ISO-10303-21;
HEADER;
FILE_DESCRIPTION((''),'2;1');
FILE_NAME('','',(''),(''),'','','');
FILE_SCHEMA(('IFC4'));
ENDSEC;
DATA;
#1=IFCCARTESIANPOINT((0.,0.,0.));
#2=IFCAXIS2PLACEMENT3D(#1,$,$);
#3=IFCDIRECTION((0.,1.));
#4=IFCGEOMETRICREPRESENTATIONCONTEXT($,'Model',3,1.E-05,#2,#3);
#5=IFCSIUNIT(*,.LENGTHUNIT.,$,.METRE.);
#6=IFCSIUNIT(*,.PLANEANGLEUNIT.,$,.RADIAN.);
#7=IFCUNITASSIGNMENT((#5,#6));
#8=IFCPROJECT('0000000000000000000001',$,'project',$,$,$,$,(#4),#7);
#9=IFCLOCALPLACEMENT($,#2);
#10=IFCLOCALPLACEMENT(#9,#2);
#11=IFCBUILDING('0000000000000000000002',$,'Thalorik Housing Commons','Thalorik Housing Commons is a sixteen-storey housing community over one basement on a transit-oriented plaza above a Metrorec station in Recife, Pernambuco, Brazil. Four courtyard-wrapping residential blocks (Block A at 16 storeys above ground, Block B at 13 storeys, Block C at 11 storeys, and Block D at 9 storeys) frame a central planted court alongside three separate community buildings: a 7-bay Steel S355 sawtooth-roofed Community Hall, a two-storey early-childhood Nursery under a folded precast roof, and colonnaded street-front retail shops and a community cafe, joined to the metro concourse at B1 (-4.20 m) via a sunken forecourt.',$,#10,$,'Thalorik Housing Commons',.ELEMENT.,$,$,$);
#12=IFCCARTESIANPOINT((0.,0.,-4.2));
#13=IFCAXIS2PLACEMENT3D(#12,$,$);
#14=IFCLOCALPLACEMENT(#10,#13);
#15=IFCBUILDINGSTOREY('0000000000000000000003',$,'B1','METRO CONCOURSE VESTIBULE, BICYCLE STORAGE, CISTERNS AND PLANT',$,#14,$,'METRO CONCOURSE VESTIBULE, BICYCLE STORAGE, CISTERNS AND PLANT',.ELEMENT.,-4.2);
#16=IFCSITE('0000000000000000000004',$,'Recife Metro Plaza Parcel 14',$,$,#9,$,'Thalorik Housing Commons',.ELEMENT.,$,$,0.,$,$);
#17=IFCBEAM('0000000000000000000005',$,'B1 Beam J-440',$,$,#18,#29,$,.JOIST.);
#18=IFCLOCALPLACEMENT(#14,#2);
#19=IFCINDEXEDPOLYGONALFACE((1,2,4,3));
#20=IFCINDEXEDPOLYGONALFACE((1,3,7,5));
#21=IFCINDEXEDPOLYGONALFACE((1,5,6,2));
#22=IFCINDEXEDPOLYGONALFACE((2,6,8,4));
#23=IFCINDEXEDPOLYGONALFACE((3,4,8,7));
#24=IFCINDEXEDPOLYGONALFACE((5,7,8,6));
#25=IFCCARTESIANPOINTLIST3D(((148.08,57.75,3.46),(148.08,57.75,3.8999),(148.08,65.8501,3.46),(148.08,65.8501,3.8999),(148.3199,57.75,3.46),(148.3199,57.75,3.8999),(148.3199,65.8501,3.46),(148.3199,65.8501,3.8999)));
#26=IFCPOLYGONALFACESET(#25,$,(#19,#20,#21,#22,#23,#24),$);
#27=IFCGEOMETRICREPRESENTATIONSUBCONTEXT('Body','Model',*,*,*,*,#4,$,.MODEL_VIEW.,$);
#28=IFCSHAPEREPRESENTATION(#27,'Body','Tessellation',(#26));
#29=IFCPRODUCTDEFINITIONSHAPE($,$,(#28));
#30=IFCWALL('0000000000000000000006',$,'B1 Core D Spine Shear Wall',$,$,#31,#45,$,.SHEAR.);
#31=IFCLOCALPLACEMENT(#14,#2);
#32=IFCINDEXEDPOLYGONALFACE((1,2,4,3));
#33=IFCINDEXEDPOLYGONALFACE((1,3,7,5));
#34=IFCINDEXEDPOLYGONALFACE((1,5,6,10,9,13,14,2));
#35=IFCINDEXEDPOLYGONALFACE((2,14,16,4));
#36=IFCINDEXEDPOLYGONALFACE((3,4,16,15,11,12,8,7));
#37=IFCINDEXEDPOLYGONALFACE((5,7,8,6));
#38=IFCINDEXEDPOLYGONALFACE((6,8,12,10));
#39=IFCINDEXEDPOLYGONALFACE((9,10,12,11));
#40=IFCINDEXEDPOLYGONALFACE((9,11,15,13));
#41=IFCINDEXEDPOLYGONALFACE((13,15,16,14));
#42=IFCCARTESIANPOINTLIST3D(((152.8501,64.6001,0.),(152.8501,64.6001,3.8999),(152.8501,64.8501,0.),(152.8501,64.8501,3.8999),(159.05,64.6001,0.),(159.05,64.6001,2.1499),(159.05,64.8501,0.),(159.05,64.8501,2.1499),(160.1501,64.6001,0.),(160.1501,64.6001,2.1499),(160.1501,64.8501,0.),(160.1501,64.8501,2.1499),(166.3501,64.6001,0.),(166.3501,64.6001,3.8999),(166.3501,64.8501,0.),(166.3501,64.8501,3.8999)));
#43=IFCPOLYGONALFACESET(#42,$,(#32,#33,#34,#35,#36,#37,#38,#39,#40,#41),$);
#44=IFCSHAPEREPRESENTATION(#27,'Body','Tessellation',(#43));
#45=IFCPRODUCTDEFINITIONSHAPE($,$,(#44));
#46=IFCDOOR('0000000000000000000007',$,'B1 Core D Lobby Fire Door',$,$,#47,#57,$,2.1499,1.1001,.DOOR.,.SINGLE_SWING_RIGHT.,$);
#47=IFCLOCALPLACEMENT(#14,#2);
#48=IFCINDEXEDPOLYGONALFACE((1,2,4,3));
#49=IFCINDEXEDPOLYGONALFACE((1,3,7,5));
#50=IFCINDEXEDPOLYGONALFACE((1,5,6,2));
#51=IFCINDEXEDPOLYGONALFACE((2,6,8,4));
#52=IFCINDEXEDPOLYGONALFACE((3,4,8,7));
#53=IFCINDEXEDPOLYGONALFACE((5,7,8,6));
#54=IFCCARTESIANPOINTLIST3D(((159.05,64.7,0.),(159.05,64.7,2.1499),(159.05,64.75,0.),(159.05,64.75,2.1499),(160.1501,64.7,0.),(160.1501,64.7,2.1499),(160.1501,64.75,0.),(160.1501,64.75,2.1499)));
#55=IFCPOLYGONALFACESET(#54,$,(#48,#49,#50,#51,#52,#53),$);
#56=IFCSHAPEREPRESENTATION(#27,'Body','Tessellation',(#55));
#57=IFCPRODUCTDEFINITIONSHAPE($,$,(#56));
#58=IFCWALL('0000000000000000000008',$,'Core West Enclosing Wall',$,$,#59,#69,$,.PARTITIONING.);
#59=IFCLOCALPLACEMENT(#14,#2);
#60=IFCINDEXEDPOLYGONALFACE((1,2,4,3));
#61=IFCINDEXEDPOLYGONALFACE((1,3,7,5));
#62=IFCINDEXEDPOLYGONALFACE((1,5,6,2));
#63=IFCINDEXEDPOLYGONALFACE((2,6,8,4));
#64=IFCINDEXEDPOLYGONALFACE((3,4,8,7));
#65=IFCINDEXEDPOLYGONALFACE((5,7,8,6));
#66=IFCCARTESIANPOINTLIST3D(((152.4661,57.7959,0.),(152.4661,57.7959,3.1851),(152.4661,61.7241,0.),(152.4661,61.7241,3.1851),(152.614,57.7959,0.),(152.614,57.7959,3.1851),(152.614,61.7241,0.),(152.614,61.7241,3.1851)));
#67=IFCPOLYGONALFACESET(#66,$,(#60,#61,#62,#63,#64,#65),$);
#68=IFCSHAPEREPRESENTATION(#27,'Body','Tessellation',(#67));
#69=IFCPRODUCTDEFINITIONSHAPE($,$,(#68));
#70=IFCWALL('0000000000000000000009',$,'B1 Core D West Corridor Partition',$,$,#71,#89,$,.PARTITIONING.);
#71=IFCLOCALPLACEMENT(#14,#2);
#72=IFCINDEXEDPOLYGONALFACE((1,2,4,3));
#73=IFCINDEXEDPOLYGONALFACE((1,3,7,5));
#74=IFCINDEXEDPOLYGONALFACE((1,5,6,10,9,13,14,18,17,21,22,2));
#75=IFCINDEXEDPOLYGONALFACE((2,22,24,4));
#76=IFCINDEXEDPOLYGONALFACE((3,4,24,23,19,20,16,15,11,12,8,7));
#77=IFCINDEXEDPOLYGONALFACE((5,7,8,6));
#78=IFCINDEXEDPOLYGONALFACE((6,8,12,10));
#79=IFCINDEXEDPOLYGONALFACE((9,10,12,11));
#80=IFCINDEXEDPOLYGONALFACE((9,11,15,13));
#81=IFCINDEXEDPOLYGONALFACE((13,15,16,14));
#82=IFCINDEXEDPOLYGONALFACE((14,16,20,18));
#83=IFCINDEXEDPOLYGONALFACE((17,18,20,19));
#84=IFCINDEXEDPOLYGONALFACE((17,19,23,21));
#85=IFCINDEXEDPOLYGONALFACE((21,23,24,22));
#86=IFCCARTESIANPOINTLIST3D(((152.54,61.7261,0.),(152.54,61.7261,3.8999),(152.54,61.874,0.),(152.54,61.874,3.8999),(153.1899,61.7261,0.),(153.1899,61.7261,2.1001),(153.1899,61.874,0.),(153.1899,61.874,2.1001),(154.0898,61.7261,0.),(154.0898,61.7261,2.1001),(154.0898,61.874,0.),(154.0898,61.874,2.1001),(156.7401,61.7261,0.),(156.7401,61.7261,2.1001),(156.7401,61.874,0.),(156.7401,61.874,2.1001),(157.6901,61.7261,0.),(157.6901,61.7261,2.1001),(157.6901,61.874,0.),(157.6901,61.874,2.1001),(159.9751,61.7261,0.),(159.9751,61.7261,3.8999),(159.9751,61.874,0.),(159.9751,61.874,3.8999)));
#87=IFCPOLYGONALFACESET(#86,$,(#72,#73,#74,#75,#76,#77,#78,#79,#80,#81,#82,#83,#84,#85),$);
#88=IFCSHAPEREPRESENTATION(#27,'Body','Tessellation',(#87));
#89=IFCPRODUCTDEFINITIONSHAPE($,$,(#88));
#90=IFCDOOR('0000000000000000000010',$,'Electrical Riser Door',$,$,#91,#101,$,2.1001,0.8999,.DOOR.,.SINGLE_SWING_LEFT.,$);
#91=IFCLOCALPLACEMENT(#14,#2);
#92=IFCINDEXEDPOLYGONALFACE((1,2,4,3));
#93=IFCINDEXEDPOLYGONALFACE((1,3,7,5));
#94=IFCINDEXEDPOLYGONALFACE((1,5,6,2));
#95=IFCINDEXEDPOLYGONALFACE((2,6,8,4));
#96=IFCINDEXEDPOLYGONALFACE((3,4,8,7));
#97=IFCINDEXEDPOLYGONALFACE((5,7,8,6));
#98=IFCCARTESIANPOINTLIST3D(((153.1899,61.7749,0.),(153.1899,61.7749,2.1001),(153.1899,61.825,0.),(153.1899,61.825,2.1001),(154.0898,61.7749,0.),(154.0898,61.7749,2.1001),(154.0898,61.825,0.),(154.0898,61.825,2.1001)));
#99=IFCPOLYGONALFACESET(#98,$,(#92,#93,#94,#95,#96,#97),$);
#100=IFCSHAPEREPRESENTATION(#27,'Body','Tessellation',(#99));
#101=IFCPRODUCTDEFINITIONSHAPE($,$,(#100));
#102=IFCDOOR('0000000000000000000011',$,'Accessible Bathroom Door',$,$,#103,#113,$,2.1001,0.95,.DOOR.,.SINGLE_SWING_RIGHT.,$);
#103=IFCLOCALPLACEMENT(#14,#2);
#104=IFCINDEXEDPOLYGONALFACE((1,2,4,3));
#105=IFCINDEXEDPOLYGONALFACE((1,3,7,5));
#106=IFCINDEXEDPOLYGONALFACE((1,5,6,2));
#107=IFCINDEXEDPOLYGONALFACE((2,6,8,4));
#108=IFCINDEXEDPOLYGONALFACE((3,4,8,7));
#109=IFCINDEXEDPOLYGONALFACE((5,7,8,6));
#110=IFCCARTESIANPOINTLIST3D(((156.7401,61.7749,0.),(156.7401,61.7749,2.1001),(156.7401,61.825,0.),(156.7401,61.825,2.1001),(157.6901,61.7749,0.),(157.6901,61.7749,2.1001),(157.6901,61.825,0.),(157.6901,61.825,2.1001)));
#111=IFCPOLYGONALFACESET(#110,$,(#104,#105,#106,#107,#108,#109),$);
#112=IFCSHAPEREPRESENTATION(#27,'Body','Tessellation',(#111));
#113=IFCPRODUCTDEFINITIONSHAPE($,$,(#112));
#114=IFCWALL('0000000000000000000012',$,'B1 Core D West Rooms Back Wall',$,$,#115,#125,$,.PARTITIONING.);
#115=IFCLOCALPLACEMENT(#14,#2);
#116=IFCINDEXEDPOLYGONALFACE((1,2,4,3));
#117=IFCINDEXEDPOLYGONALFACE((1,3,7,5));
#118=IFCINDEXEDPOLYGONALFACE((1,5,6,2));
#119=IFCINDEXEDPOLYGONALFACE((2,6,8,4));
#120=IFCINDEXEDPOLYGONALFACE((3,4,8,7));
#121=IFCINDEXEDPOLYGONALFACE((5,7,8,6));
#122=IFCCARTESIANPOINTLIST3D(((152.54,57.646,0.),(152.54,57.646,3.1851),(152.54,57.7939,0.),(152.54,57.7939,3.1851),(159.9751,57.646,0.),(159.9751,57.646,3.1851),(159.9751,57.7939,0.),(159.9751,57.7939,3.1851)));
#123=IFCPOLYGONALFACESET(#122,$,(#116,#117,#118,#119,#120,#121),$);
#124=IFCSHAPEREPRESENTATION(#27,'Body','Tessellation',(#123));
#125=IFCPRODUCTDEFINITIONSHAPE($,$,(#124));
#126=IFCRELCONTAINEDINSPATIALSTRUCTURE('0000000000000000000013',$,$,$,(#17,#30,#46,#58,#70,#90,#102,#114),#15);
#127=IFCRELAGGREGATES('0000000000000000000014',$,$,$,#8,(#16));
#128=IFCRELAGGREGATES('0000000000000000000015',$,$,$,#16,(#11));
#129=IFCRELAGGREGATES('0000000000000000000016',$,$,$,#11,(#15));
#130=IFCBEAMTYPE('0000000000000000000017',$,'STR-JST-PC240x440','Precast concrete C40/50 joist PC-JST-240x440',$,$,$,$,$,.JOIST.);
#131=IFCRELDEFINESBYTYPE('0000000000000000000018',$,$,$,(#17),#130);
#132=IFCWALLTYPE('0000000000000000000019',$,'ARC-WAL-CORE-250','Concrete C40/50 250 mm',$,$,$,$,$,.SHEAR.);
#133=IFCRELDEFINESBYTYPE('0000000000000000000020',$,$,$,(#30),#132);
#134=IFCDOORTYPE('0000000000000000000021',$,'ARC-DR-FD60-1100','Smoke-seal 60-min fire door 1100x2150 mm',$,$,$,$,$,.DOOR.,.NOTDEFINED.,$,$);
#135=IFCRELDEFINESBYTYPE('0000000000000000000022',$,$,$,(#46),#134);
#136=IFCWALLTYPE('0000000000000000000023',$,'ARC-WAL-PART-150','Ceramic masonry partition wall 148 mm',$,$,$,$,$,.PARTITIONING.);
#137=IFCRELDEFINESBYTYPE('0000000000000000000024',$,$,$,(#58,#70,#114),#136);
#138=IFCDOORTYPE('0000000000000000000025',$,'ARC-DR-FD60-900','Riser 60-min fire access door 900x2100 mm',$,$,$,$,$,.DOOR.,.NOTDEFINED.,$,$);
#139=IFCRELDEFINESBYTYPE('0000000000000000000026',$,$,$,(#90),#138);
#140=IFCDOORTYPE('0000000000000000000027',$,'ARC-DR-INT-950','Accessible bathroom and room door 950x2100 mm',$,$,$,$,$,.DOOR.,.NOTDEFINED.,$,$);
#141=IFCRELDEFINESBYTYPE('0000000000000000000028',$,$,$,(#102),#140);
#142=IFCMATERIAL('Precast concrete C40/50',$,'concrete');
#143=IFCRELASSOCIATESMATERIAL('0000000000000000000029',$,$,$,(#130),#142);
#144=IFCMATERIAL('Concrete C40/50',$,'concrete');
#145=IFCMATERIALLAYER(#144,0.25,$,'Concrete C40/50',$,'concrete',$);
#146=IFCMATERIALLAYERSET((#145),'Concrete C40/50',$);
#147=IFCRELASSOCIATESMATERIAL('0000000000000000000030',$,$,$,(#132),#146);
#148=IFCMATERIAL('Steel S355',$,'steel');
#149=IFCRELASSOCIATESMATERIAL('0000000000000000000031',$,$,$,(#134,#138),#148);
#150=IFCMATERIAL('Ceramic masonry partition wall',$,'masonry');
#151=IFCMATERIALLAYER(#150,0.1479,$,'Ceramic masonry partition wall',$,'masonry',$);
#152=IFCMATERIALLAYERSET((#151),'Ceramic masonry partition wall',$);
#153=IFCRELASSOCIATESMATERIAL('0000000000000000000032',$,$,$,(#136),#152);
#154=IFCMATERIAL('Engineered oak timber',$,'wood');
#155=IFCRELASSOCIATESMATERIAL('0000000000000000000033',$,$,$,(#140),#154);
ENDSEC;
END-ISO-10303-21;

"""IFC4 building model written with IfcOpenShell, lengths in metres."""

from ifc_helpers import new_model, si_unit, direction, frame, frame_2d, origin, origin_2d, place, context, subcontext, project, spatial, rectangle, extrude, material, layer, layer_set, material_profile, profile_set, type_object, element, fill, save


model = new_model("IFC4")

# Units and contexts
model_context = context("Model", 3, precision=1e-05, world=origin(), true_north=direction((0.0, 1.0)))
body_context = subcontext(model_context, "Body", "Model", "MODEL_VIEW")
ifc_project = project(units=[si_unit("LENGTHUNIT", "METRE"), si_unit("PLANEANGLEUNIT", "RADIAN")], contexts=[model_context])

# Site, building, storey
site_placement = place(None, origin())
site = spatial("IfcSite", under=ifc_project, at=site_placement, Name="Recife Metro Plaza Parcel 14", LongName="Thalorik Housing Commons", CompositionType="ELEMENT", RefElevation=0.0)
building_placement = place(site_placement, origin())
building = spatial("IfcBuilding", under=site, at=building_placement, Name="Thalorik Housing Commons", Description="Thalorik Housing Commons is a sixteen-storey housing community over one basement on a transit-oriented plaza above a Metrorec station in Recife, Pernambuco, Brazil. Four courtyard-wrapping residential blocks (Block A at 16 storeys above ground, Block B at 13 storeys, Block C at 11 storeys, and Block D at 9 storeys) frame a central planted court alongside three separate community buildings: a 7-bay Steel S355 sawtooth-roofed Community Hall, a two-storey early-childhood Nursery under a folded precast roof, and colonnaded street-front retail shops and a community cafe, joined to the metro concourse at B1 (-4.20 m) via a sunken forecourt.", LongName="Thalorik Housing Commons", CompositionType="ELEMENT")
storey_placement = place(building_placement, frame((0.0, 0.0, -4.2)))
storey = spatial("IfcBuildingStorey", under=building, at=storey_placement, Name="B1", Description="METRO CONCOURSE VESTIBULE, BICYCLE STORAGE, CISTERNS AND PLANT", LongName="METRO CONCOURSE VESTIBULE, BICYCLE STORAGE, CISTERNS AND PLANT", CompositionType="ELEMENT", Elevation=-4.2)

# Shared definitions
ifc_material_1 = material(Name="Concrete C40/50", Category="concrete")

# Shared definitions
ifc_material_2 = material(Name="Precast concrete C40/50", Category="concrete")

# Beam
ifc_material_profile_1 = material_profile(ifc_material_2, rectangle(XDim=0.24, YDim=0.4399, at=origin_2d()), Name="PC JST 240x440", Category="concrete")
ifc_profile_set_1 = profile_set([ifc_material_profile_1], Name="Precast concrete C40/50")
beam_type_1 = type_object("IfcBeamType", Name="STR-JST-PC240x440", Description="Precast concrete C40/50 joist PC-JST-240x440", PredefinedType="JOIST", material=ifc_profile_set_1)
beam_placement = place(storey_placement, frame((148.2, 57.75, 3.6799), z_axis=(0.0, 1.0, 0.0), x_axis=(-1.0, 0.0, 0.0)))
element("IfcBeam", 1, at=beam_placement, inside=storey, type_object=beam_type_1, Name="B1 Beam J-440", PredefinedType="JOIST", context=body_context, shape_type="SweptSolid", body=[
    extrude(rectangle(XDim=0.24, YDim=0.4399, at=origin_2d()), origin(), (0.0, 0.0, 1.0), 8.1001),
])

# Wall, opening, door
ifc_layer_1 = layer(ifc_material_1, 0.25, Name="Concrete C40/50", Category="concrete")
ifc_layer_set_1 = layer_set([ifc_layer_1], Name="Concrete C40/50")
wall_type_1 = type_object("IfcWallType", Name="ARC-WAL-CORE-250", Description="Concrete C40/50 250 mm", PredefinedType="SHEAR", material=ifc_layer_set_1)
wall_1_placement = place(storey_placement, frame((152.8501, 64.7251, 0.0), z_axis=(0.0, 0.0, 1.0), x_axis=(1.0, 0.0, 0.0)))
wall_1 = element("IfcWall", 2, at=wall_1_placement, inside=storey, type_object=wall_type_1, Name="B1 Core D Spine Shear Wall", PredefinedType="SHEAR", context=body_context, shape_type="SweptSolid", body=[
    extrude(rectangle(XDim=13.5, YDim=0.25, at=frame_2d((6.75, 0.0))), origin(), (0.0, 0.0, 1.0), 3.8999),
])
opening_1_placement = place(wall_1_placement, frame((6.2, 0.0, 0.0)))
opening_1 = element("IfcOpeningElement", 3, at=opening_1_placement, cuts=wall_1, PredefinedType="OPENING", context=body_context, shape_type="SweptSolid", body=[
    extrude(rectangle(XDim=1.1001, YDim=2.1499, at=frame_2d((0.55, 1.075))), frame((0.0, 0.135, 0.0), z_axis=(0.0, -1.0, 0.0), x_axis=(1.0, 0.0, 0.0)), (0.0, 0.0, 1.0), 0.27),
])
ifc_material_3 = material(Name="Steel S355", Category="steel")
door_type_1 = type_object("IfcDoorType", Name="ARC-DR-FD60-1100", Description="Smoke-seal 60-min fire door 1100x2150 mm", OperationType="NOTDEFINED", PredefinedType="DOOR", material=ifc_material_3)
door_1_placement = place(opening_1_placement, origin())
door_1 = element("IfcDoor", 4, at=door_1_placement, inside=storey, type_object=door_type_1, Name="B1 Core D Lobby Fire Door", OperationType="SINGLE_SWING_RIGHT", OverallHeight=2.1499, OverallWidth=1.1001, PredefinedType="DOOR", context=body_context, shape_type="SweptSolid", body=[
    extrude(rectangle(XDim=1.1001, YDim=2.1499, at=frame_2d((0.55, 1.075))), frame((0.0, 0.0249, 0.0), z_axis=(0.0, -1.0, 0.0), x_axis=(1.0, 0.0, 0.0)), (0.0, 0.0, 1.0), 0.05),
])
fill(opening_1, door_1)

# Wall
ifc_material_4 = material(Name="Ceramic masonry partition wall", Category="masonry")
ifc_layer_2 = layer(ifc_material_4, 0.1479, Name="Ceramic masonry partition wall", Category="masonry")
ifc_layer_set_2 = layer_set([ifc_layer_2], Name="Ceramic masonry partition wall")
wall_type_2 = type_object("IfcWallType", Name="ARC-WAL-PART-150", Description="Ceramic masonry partition wall 148 mm", PredefinedType="PARTITIONING", material=ifc_layer_set_2)
wall_2_placement = place(storey_placement, frame((152.54, 61.7241, 0.0), z_axis=(0.0, 0.0, 1.0), x_axis=(0.0, -1.0, 0.0)))
element("IfcWall", 5, at=wall_2_placement, inside=storey, type_object=wall_type_2, Name="Core West Enclosing Wall", PredefinedType="PARTITIONING", context=body_context, shape_type="SweptSolid", body=[
    extrude(rectangle(XDim=3.9282, YDim=0.1479, at=frame_2d((1.9641, 0.0))), origin(), (0.0, 0.0, 1.0), 3.1851),
])

# Wall, openings, doors
wall_3_placement = place(storey_placement, frame((152.54, 61.8, 0.0), z_axis=(0.0, 0.0, 1.0), x_axis=(1.0, 0.0, 0.0)))
wall_3 = element("IfcWall", 6, at=wall_3_placement, inside=storey, type_object=wall_type_2, Name="B1 Core D West Corridor Partition", PredefinedType="PARTITIONING", context=body_context, shape_type="SweptSolid", body=[
    extrude(rectangle(XDim=7.4351, YDim=0.1479, at=frame_2d((3.7175, 0.0))), origin(), (0.0, 0.0, 1.0), 3.8999),
])
opening_2_placement = place(wall_3_placement, frame((0.6499, 0.0, 0.0)))
opening_2 = element("IfcOpeningElement", 7, at=opening_2_placement, cuts=wall_3, PredefinedType="OPENING", context=body_context, shape_type="SweptSolid", body=[
    extrude(rectangle(XDim=0.8999, YDim=2.1001, at=frame_2d((0.45, 1.05))), frame((0.0, 0.084, 0.0), z_axis=(0.0, -1.0, 0.0), x_axis=(1.0, 0.0, 0.0)), (0.0, 0.0, 1.0), 0.168),
])
opening_3_placement = place(wall_3_placement, frame((4.2, 0.0, 0.0)))
opening_3 = element("IfcOpeningElement", 8, at=opening_3_placement, cuts=wall_3, PredefinedType="OPENING", context=body_context, shape_type="SweptSolid", body=[
    extrude(rectangle(XDim=0.95, YDim=2.1001, at=frame_2d((0.4751, 1.05))), frame((0.0, 0.084, 0.0), z_axis=(0.0, -1.0, 0.0), x_axis=(1.0, 0.0, 0.0)), (0.0, 0.0, 1.0), 0.168),
])
door_type_2 = type_object("IfcDoorType", Name="ARC-DR-FD60-900", Description="Riser 60-min fire access door 900x2100 mm", OperationType="NOTDEFINED", PredefinedType="DOOR", material=ifc_material_3)
door_2_placement = place(opening_2_placement, origin())
door_2 = element("IfcDoor", 9, at=door_2_placement, inside=storey, type_object=door_type_2, Name="Electrical Riser Door", OperationType="SINGLE_SWING_LEFT", OverallHeight=2.1001, OverallWidth=0.8999, PredefinedType="DOOR", context=body_context, shape_type="SweptSolid", body=[
    extrude(rectangle(XDim=0.8999, YDim=2.1001, at=frame_2d((0.45, 1.05))), frame((0.0, 0.0249, 0.0), z_axis=(0.0, -1.0, 0.0), x_axis=(1.0, 0.0, 0.0)), (0.0, 0.0, 1.0), 0.05),
])
fill(opening_2, door_2)
ifc_material_5 = material(Name="Engineered oak timber", Category="wood")
door_type_3 = type_object("IfcDoorType", Name="ARC-DR-INT-950", Description="Accessible bathroom and room door 950x2100 mm", OperationType="NOTDEFINED", PredefinedType="DOOR", material=ifc_material_5)
door_3_placement = place(opening_3_placement, origin())
door_3 = element("IfcDoor", 10, at=door_3_placement, inside=storey, type_object=door_type_3, Name="Accessible Bathroom Door", OperationType="SINGLE_SWING_RIGHT", OverallHeight=2.1001, OverallWidth=0.95, PredefinedType="DOOR", context=body_context, shape_type="SweptSolid", body=[
    extrude(rectangle(XDim=0.95, YDim=2.1001, at=frame_2d((0.4751, 1.05))), frame((0.0, 0.0249, 0.0), z_axis=(0.0, -1.0, 0.0), x_axis=(1.0, 0.0, 0.0)), (0.0, 0.0, 1.0), 0.05),
])
fill(opening_3, door_3)

# Wall
wall_4_placement = place(storey_placement, frame((152.54, 57.72, 0.0), z_axis=(0.0, 0.0, 1.0), x_axis=(1.0, 0.0, 0.0)))
element("IfcWall", 11, at=wall_4_placement, inside=storey, type_object=wall_type_2, Name="B1 Core D West Rooms Back Wall", PredefinedType="PARTITIONING", context=body_context, shape_type="SweptSolid", body=[
    extrude(rectangle(XDim=7.4351, YDim=0.1479, at=frame_2d((3.7175, 0.0))), origin(), (0.0, 0.0, 1.0), 3.1851),
])

save(model, "model.ifc")
